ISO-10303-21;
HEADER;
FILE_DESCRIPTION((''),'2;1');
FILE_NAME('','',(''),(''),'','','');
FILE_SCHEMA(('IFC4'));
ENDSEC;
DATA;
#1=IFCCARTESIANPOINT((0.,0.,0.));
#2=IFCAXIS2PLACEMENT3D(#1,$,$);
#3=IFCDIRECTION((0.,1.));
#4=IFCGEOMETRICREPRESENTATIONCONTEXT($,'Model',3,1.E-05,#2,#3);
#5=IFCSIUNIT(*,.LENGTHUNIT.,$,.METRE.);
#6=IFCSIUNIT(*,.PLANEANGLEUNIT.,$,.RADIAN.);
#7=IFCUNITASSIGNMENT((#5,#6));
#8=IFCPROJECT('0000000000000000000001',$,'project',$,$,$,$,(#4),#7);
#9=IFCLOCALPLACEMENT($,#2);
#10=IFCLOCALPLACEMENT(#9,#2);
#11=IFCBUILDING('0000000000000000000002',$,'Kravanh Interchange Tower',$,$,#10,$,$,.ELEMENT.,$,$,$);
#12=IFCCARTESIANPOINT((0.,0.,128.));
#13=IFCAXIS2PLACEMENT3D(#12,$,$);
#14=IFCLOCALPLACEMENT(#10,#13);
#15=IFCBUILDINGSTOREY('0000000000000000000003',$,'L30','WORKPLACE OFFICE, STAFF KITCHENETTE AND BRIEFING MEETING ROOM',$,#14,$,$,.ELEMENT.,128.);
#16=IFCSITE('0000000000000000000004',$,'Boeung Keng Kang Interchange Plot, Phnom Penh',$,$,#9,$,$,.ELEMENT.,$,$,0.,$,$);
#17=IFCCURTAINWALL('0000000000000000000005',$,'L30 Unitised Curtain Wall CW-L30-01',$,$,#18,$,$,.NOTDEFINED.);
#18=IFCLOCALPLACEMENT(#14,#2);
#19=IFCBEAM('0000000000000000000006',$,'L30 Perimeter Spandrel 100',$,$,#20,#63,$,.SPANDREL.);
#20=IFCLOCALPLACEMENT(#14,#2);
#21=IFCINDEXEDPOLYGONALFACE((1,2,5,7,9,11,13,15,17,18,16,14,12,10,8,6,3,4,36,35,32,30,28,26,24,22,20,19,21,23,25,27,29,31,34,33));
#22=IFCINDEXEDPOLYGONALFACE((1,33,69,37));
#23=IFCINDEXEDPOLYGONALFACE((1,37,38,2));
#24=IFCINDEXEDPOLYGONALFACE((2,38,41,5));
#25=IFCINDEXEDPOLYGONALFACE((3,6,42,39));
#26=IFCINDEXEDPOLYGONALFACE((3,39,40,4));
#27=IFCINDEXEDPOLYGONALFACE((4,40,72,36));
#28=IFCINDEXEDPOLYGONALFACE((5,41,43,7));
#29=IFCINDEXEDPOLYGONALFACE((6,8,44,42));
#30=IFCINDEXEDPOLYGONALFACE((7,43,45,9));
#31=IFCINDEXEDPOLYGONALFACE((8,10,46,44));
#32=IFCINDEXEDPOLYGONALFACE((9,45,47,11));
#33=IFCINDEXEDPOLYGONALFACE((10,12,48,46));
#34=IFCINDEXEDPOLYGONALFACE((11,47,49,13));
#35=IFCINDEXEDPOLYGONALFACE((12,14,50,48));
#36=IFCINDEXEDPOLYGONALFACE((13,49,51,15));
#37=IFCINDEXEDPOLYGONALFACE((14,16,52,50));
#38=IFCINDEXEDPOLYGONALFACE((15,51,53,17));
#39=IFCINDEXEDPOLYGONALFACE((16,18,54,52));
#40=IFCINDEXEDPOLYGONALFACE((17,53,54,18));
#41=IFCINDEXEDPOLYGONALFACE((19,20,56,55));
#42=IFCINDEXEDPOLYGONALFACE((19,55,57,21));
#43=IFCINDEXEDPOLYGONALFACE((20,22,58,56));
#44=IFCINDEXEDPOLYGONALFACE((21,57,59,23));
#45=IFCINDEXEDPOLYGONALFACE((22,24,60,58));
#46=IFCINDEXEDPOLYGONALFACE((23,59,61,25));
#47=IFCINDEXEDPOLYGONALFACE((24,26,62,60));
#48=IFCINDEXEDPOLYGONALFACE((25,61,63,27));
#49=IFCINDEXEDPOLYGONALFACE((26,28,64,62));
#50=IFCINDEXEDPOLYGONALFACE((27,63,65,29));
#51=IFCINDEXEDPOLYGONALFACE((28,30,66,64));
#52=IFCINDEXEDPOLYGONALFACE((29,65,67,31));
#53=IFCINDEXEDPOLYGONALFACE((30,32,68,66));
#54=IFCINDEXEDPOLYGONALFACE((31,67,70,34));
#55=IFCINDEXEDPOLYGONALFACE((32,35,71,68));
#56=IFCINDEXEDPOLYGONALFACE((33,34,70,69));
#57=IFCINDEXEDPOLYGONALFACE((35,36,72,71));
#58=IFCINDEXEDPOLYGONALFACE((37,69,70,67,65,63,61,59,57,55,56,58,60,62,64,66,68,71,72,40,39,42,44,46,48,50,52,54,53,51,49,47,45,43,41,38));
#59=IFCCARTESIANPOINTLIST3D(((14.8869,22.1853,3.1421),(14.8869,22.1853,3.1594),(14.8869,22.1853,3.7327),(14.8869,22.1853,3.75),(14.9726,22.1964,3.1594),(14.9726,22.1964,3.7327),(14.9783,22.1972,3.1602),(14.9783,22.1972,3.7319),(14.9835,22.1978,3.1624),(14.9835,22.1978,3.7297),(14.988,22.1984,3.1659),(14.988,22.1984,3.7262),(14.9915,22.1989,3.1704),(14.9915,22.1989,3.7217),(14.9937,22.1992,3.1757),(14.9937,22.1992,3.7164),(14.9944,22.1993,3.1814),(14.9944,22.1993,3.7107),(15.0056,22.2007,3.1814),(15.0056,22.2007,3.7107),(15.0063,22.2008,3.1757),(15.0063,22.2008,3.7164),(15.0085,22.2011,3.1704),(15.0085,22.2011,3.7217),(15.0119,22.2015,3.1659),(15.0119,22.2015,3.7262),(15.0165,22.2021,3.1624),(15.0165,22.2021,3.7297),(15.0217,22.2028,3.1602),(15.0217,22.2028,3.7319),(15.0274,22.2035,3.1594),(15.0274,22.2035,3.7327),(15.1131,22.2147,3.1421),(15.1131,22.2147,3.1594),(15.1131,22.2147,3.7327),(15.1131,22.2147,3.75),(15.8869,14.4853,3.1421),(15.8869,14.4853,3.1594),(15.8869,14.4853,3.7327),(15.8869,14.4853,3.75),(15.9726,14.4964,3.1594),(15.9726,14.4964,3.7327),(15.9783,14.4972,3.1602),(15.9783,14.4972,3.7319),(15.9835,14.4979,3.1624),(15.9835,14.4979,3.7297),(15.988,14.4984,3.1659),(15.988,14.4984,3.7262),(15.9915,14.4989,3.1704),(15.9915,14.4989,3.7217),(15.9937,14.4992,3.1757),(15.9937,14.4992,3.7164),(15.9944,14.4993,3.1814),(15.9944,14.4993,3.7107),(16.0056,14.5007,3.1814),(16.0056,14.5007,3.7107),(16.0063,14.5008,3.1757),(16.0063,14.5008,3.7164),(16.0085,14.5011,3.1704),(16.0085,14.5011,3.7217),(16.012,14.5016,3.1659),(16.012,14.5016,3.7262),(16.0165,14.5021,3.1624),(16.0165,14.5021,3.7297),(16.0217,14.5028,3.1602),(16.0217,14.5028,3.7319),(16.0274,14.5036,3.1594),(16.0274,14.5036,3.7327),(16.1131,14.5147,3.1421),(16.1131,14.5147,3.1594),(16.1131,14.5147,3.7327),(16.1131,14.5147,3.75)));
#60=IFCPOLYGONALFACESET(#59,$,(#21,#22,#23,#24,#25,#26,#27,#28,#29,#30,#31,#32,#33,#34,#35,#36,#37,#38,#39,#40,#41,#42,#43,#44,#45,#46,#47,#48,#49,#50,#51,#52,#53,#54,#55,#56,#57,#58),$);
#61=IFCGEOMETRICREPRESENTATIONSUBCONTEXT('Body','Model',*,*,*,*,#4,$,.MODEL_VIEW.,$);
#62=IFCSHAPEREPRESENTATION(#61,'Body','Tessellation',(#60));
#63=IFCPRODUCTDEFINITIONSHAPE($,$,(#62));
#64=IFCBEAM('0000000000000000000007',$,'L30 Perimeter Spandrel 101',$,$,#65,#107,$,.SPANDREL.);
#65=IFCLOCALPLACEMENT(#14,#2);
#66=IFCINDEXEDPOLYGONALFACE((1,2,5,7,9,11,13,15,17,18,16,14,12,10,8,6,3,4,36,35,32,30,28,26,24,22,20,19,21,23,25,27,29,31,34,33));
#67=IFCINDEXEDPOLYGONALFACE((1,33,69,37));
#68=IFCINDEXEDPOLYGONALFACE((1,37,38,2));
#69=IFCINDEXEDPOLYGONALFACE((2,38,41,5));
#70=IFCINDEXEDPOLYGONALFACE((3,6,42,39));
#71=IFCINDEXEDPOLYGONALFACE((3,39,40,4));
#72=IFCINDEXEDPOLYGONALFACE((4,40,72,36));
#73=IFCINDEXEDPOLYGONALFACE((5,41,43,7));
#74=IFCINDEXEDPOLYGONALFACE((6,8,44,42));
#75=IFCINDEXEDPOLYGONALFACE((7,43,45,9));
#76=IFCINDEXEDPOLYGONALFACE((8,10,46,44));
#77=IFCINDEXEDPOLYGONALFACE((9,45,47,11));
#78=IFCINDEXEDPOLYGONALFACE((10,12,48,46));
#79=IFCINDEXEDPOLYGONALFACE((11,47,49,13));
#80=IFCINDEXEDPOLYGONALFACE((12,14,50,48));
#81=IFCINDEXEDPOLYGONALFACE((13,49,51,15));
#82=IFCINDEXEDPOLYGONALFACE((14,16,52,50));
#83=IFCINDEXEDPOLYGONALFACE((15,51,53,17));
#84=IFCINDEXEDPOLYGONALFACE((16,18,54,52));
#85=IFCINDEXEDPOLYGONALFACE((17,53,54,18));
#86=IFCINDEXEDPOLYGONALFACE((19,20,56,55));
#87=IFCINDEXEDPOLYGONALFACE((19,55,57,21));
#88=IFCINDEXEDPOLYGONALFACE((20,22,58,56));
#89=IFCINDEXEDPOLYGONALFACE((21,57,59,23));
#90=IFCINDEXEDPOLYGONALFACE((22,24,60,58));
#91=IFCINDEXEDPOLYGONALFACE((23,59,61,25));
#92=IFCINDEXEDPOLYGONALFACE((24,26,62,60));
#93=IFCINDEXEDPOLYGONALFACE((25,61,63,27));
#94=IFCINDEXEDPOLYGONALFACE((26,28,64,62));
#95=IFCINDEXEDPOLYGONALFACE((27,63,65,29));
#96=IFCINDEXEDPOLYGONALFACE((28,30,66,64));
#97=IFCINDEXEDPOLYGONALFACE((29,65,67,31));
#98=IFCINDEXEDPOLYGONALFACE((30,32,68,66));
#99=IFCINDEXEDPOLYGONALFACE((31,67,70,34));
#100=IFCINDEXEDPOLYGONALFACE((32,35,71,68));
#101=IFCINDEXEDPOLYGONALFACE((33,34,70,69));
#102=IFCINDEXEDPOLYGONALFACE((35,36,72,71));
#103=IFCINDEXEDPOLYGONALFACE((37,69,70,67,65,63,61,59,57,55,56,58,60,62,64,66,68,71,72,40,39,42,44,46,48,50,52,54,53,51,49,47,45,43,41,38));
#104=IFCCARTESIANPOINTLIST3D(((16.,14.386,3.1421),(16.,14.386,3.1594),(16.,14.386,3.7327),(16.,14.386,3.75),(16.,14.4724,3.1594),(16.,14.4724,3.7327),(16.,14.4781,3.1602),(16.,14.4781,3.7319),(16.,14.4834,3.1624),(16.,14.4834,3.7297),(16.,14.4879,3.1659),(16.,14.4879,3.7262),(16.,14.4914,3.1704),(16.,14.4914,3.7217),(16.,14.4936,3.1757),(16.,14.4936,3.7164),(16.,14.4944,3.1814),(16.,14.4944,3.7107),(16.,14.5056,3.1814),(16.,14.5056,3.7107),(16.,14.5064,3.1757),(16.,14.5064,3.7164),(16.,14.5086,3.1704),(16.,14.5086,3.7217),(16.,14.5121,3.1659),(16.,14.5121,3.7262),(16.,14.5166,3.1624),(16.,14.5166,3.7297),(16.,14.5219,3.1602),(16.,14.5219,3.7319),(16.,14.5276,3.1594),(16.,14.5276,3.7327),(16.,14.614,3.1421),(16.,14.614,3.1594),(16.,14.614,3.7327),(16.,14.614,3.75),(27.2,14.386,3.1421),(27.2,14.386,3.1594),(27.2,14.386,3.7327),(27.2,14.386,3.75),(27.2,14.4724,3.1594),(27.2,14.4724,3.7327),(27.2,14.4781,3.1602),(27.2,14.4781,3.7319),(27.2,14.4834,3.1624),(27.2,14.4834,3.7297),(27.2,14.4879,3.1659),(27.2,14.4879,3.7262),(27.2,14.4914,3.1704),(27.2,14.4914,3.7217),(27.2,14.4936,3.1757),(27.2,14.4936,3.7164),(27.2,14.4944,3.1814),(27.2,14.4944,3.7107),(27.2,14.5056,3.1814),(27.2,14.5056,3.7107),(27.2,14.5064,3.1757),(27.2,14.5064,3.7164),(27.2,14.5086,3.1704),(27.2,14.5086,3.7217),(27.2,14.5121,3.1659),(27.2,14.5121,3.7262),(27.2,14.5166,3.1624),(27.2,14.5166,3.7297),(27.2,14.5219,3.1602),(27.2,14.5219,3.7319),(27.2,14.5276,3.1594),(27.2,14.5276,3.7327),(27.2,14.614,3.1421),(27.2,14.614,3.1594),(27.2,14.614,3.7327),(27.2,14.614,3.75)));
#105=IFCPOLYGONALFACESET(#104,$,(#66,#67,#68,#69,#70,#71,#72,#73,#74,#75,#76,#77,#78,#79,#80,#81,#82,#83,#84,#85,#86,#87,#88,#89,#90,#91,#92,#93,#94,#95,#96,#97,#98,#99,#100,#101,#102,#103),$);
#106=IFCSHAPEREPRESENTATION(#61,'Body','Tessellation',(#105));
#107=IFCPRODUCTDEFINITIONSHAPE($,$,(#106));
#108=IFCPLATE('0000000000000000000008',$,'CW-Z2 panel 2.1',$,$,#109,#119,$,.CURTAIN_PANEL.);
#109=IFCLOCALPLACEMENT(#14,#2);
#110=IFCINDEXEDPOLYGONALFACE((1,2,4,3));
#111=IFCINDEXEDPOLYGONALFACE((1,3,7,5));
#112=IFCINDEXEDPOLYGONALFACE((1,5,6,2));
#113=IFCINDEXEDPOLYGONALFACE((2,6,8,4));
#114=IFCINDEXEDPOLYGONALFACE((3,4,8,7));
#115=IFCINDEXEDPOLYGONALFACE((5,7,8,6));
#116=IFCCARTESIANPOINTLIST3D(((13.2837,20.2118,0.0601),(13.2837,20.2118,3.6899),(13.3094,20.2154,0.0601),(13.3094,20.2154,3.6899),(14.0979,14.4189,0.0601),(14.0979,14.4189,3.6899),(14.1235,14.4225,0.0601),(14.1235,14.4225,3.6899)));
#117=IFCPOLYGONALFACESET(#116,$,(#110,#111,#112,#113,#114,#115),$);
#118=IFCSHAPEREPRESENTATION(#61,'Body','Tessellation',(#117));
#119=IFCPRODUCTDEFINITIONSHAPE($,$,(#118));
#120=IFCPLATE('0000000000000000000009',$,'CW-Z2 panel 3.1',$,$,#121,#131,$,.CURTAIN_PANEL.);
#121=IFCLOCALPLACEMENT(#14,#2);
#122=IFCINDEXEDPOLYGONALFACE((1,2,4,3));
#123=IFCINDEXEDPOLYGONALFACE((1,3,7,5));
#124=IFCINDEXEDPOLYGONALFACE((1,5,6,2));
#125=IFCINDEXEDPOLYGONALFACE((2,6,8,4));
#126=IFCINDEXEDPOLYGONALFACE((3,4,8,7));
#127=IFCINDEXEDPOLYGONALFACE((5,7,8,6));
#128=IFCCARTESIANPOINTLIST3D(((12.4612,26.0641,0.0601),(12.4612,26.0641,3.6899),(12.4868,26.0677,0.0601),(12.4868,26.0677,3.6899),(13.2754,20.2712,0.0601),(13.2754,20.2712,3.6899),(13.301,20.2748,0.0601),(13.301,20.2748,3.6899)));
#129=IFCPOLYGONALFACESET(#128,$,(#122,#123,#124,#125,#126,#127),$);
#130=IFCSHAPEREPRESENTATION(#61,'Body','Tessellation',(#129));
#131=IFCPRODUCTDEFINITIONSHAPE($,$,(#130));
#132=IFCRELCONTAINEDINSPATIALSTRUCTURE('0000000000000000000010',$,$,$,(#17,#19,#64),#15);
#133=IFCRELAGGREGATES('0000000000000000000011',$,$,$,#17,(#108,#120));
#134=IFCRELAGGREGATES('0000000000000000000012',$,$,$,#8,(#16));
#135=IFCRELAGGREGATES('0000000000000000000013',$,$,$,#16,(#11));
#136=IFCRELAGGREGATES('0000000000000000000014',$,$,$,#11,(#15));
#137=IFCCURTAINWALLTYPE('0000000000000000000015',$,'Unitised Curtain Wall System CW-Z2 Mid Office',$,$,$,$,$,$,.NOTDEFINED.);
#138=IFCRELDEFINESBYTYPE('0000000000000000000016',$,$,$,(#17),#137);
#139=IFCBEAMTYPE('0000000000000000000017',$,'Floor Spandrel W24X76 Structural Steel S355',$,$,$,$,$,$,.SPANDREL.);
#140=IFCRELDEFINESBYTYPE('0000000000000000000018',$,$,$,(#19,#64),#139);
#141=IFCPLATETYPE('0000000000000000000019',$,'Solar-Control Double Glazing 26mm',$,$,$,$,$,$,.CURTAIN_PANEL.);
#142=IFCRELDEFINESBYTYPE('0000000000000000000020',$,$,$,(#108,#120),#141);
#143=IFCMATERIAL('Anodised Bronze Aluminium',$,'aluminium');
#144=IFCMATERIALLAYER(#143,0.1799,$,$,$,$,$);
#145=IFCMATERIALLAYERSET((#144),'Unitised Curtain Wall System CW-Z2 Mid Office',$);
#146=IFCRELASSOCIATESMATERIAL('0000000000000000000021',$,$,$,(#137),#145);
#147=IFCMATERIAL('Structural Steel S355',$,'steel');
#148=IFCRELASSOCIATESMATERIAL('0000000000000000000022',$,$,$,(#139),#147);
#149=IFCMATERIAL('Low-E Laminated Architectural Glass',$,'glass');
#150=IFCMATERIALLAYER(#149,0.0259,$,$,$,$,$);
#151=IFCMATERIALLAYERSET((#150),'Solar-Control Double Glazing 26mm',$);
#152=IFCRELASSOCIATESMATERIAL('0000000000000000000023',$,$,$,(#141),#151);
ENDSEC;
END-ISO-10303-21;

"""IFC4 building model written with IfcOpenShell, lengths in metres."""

from ifc_helpers import new_model, si_unit, direction, frame, origin, origin_2d, place, context, subcontext, project, spatial, rectangle, i_section, extrude, material, layer, layer_set, material_profile, profile_set, type_object, element, aggregate, save


model = new_model("IFC4")

# Units and contexts
model_context = context("Model", 3, precision=1e-05, world=origin(), true_north=direction((0.0, 1.0)))
body_context = subcontext(model_context, "Body", "Model", "MODEL_VIEW")
ifc_project = project(units=[si_unit("LENGTHUNIT", "METRE"), si_unit("PLANEANGLEUNIT", "RADIAN")], contexts=[model_context])

# Site, building, storey
site_placement = place(None, origin())
site = spatial("IfcSite", under=ifc_project, at=site_placement, Name="Boeung Keng Kang Interchange Plot, Phnom Penh", CompositionType="ELEMENT", RefElevation=0.0)
building_placement = place(site_placement, origin())
building = spatial("IfcBuilding", under=site, at=building_placement, Name="Kravanh Interchange Tower", CompositionType="ELEMENT")
storey_placement = place(building_placement, frame((0.0, 0.0, 128.0)))
storey = spatial("IfcBuildingStorey", under=building, at=storey_placement, Name="L30", Description="WORKPLACE OFFICE, STAFF KITCHENETTE AND BRIEFING MEETING ROOM", CompositionType="ELEMENT", Elevation=128.0)

# Curtain wall
ifc_material_1 = material(Name="Anodised Bronze Aluminium", Category="aluminium")
ifc_layer_1 = layer(ifc_material_1, 0.1799)
ifc_layer_set_1 = layer_set([ifc_layer_1], Name="Unitised Curtain Wall System CW-Z2 Mid Office")
curtain_wall_type = type_object("IfcCurtainWallType", Name="Unitised Curtain Wall System CW-Z2 Mid Office", PredefinedType="NOTDEFINED", material=ifc_layer_set_1)
curtain_wall_placement = place(storey_placement, origin())
curtain_wall = element("IfcCurtainWall", 1, at=curtain_wall_placement, inside=storey, type_object=curtain_wall_type, Name="L30 Unitised Curtain Wall CW-L30-01", PredefinedType="NOTDEFINED")

# Beams
ifc_material_2 = material(Name="Structural Steel S355", Category="steel")
ifc_material_profile_1 = material_profile(ifc_material_2, i_section(OverallWidth=0.228, OverallDepth=0.6079, WebThickness=0.0112, FlangeThickness=0.0173, FilletRadius=0.022, at=origin_2d()), Name="W24X76")
ifc_profile_set_1 = profile_set([ifc_material_profile_1], Name="Structural Steel S355")
beam_type_1 = type_object("IfcBeamType", Name="Floor Spandrel W24X76 Structural Steel S355", PredefinedType="SPANDREL", material=ifc_profile_set_1)
beam_1_placement = place(storey_placement, frame((16.0, 14.5, 3.446), z_axis=(-0.128789, 0.991672, 0.0), x_axis=(-0.991672, -0.128789, 0.0)))
element("IfcBeam", 2, at=beam_1_placement, inside=storey, type_object=beam_type_1, Name="L30 Perimeter Spandrel 100", PredefinedType="SPANDREL", context=body_context, shape_type="SweptSolid", body=[
    extrude(i_section(OverallWidth=0.228, OverallDepth=0.6079, WebThickness=0.0112, FlangeThickness=0.0173, FilletRadius=0.022, at=origin_2d()), origin(), (0.0, 0.0, 1.0), 7.7646),
])
beam_2_placement = place(storey_placement, frame((16.0, 14.5, 3.446), z_axis=(1.0, 0.0, 0.0), x_axis=(0.0, 1.0, 0.0)))
element("IfcBeam", 3, at=beam_2_placement, inside=storey, type_object=beam_type_1, Name="L30 Perimeter Spandrel 101", PredefinedType="SPANDREL", context=body_context, shape_type="SweptSolid", body=[
    extrude(i_section(OverallWidth=0.228, OverallDepth=0.6079, WebThickness=0.0112, FlangeThickness=0.0173, FilletRadius=0.022, at=origin_2d()), origin(), (0.0, 0.0, 1.0), 11.2),
])

# Plates
ifc_material_3 = material(Name="Low-E Laminated Architectural Glass", Category="glass")
ifc_layer_2 = layer(ifc_material_3, 0.0259)
ifc_layer_set_2 = layer_set([ifc_layer_2], Name="Solar-Control Double Glazing 26mm")
plate_type = type_object("IfcPlateType", Name="Solar-Control Double Glazing 26mm", PredefinedType="CURTAIN_PANEL", material=ifc_layer_set_2)
plate_1_placement = place(storey_placement, frame((13.7036, 17.3171, 0.0601), z_axis=(0.0, 0.0, 1.0), x_axis=(-0.139173, 0.990268, 0.0)))
plate_1 = element("IfcPlate", 4, at=plate_1_placement, type_object=plate_type, Name="CW-Z2 panel 2.1", PredefinedType="CURTAIN_PANEL", context=body_context, shape_type="SweptSolid", body=[
    extrude(rectangle(XDim=5.8499, YDim=0.0259, at=origin_2d()), origin(), (0.0, 0.0, 1.0), 3.6299),
])
plate_2_placement = place(storey_placement, frame((12.8811, 23.1694, 0.0601), z_axis=(0.0, 0.0, 1.0), x_axis=(-0.139173, 0.990268, 0.0)))
plate_2 = element("IfcPlate", 5, at=plate_2_placement, type_object=plate_type, Name="CW-Z2 panel 3.1", PredefinedType="CURTAIN_PANEL", context=body_context, shape_type="SweptSolid", body=[
    extrude(rectangle(XDim=5.8499, YDim=0.0259, at=origin_2d()), origin(), (0.0, 0.0, 1.0), 3.6299),
])
aggregate(curtain_wall, [plate_1, plate_2])

save(model, "model.ifc")
